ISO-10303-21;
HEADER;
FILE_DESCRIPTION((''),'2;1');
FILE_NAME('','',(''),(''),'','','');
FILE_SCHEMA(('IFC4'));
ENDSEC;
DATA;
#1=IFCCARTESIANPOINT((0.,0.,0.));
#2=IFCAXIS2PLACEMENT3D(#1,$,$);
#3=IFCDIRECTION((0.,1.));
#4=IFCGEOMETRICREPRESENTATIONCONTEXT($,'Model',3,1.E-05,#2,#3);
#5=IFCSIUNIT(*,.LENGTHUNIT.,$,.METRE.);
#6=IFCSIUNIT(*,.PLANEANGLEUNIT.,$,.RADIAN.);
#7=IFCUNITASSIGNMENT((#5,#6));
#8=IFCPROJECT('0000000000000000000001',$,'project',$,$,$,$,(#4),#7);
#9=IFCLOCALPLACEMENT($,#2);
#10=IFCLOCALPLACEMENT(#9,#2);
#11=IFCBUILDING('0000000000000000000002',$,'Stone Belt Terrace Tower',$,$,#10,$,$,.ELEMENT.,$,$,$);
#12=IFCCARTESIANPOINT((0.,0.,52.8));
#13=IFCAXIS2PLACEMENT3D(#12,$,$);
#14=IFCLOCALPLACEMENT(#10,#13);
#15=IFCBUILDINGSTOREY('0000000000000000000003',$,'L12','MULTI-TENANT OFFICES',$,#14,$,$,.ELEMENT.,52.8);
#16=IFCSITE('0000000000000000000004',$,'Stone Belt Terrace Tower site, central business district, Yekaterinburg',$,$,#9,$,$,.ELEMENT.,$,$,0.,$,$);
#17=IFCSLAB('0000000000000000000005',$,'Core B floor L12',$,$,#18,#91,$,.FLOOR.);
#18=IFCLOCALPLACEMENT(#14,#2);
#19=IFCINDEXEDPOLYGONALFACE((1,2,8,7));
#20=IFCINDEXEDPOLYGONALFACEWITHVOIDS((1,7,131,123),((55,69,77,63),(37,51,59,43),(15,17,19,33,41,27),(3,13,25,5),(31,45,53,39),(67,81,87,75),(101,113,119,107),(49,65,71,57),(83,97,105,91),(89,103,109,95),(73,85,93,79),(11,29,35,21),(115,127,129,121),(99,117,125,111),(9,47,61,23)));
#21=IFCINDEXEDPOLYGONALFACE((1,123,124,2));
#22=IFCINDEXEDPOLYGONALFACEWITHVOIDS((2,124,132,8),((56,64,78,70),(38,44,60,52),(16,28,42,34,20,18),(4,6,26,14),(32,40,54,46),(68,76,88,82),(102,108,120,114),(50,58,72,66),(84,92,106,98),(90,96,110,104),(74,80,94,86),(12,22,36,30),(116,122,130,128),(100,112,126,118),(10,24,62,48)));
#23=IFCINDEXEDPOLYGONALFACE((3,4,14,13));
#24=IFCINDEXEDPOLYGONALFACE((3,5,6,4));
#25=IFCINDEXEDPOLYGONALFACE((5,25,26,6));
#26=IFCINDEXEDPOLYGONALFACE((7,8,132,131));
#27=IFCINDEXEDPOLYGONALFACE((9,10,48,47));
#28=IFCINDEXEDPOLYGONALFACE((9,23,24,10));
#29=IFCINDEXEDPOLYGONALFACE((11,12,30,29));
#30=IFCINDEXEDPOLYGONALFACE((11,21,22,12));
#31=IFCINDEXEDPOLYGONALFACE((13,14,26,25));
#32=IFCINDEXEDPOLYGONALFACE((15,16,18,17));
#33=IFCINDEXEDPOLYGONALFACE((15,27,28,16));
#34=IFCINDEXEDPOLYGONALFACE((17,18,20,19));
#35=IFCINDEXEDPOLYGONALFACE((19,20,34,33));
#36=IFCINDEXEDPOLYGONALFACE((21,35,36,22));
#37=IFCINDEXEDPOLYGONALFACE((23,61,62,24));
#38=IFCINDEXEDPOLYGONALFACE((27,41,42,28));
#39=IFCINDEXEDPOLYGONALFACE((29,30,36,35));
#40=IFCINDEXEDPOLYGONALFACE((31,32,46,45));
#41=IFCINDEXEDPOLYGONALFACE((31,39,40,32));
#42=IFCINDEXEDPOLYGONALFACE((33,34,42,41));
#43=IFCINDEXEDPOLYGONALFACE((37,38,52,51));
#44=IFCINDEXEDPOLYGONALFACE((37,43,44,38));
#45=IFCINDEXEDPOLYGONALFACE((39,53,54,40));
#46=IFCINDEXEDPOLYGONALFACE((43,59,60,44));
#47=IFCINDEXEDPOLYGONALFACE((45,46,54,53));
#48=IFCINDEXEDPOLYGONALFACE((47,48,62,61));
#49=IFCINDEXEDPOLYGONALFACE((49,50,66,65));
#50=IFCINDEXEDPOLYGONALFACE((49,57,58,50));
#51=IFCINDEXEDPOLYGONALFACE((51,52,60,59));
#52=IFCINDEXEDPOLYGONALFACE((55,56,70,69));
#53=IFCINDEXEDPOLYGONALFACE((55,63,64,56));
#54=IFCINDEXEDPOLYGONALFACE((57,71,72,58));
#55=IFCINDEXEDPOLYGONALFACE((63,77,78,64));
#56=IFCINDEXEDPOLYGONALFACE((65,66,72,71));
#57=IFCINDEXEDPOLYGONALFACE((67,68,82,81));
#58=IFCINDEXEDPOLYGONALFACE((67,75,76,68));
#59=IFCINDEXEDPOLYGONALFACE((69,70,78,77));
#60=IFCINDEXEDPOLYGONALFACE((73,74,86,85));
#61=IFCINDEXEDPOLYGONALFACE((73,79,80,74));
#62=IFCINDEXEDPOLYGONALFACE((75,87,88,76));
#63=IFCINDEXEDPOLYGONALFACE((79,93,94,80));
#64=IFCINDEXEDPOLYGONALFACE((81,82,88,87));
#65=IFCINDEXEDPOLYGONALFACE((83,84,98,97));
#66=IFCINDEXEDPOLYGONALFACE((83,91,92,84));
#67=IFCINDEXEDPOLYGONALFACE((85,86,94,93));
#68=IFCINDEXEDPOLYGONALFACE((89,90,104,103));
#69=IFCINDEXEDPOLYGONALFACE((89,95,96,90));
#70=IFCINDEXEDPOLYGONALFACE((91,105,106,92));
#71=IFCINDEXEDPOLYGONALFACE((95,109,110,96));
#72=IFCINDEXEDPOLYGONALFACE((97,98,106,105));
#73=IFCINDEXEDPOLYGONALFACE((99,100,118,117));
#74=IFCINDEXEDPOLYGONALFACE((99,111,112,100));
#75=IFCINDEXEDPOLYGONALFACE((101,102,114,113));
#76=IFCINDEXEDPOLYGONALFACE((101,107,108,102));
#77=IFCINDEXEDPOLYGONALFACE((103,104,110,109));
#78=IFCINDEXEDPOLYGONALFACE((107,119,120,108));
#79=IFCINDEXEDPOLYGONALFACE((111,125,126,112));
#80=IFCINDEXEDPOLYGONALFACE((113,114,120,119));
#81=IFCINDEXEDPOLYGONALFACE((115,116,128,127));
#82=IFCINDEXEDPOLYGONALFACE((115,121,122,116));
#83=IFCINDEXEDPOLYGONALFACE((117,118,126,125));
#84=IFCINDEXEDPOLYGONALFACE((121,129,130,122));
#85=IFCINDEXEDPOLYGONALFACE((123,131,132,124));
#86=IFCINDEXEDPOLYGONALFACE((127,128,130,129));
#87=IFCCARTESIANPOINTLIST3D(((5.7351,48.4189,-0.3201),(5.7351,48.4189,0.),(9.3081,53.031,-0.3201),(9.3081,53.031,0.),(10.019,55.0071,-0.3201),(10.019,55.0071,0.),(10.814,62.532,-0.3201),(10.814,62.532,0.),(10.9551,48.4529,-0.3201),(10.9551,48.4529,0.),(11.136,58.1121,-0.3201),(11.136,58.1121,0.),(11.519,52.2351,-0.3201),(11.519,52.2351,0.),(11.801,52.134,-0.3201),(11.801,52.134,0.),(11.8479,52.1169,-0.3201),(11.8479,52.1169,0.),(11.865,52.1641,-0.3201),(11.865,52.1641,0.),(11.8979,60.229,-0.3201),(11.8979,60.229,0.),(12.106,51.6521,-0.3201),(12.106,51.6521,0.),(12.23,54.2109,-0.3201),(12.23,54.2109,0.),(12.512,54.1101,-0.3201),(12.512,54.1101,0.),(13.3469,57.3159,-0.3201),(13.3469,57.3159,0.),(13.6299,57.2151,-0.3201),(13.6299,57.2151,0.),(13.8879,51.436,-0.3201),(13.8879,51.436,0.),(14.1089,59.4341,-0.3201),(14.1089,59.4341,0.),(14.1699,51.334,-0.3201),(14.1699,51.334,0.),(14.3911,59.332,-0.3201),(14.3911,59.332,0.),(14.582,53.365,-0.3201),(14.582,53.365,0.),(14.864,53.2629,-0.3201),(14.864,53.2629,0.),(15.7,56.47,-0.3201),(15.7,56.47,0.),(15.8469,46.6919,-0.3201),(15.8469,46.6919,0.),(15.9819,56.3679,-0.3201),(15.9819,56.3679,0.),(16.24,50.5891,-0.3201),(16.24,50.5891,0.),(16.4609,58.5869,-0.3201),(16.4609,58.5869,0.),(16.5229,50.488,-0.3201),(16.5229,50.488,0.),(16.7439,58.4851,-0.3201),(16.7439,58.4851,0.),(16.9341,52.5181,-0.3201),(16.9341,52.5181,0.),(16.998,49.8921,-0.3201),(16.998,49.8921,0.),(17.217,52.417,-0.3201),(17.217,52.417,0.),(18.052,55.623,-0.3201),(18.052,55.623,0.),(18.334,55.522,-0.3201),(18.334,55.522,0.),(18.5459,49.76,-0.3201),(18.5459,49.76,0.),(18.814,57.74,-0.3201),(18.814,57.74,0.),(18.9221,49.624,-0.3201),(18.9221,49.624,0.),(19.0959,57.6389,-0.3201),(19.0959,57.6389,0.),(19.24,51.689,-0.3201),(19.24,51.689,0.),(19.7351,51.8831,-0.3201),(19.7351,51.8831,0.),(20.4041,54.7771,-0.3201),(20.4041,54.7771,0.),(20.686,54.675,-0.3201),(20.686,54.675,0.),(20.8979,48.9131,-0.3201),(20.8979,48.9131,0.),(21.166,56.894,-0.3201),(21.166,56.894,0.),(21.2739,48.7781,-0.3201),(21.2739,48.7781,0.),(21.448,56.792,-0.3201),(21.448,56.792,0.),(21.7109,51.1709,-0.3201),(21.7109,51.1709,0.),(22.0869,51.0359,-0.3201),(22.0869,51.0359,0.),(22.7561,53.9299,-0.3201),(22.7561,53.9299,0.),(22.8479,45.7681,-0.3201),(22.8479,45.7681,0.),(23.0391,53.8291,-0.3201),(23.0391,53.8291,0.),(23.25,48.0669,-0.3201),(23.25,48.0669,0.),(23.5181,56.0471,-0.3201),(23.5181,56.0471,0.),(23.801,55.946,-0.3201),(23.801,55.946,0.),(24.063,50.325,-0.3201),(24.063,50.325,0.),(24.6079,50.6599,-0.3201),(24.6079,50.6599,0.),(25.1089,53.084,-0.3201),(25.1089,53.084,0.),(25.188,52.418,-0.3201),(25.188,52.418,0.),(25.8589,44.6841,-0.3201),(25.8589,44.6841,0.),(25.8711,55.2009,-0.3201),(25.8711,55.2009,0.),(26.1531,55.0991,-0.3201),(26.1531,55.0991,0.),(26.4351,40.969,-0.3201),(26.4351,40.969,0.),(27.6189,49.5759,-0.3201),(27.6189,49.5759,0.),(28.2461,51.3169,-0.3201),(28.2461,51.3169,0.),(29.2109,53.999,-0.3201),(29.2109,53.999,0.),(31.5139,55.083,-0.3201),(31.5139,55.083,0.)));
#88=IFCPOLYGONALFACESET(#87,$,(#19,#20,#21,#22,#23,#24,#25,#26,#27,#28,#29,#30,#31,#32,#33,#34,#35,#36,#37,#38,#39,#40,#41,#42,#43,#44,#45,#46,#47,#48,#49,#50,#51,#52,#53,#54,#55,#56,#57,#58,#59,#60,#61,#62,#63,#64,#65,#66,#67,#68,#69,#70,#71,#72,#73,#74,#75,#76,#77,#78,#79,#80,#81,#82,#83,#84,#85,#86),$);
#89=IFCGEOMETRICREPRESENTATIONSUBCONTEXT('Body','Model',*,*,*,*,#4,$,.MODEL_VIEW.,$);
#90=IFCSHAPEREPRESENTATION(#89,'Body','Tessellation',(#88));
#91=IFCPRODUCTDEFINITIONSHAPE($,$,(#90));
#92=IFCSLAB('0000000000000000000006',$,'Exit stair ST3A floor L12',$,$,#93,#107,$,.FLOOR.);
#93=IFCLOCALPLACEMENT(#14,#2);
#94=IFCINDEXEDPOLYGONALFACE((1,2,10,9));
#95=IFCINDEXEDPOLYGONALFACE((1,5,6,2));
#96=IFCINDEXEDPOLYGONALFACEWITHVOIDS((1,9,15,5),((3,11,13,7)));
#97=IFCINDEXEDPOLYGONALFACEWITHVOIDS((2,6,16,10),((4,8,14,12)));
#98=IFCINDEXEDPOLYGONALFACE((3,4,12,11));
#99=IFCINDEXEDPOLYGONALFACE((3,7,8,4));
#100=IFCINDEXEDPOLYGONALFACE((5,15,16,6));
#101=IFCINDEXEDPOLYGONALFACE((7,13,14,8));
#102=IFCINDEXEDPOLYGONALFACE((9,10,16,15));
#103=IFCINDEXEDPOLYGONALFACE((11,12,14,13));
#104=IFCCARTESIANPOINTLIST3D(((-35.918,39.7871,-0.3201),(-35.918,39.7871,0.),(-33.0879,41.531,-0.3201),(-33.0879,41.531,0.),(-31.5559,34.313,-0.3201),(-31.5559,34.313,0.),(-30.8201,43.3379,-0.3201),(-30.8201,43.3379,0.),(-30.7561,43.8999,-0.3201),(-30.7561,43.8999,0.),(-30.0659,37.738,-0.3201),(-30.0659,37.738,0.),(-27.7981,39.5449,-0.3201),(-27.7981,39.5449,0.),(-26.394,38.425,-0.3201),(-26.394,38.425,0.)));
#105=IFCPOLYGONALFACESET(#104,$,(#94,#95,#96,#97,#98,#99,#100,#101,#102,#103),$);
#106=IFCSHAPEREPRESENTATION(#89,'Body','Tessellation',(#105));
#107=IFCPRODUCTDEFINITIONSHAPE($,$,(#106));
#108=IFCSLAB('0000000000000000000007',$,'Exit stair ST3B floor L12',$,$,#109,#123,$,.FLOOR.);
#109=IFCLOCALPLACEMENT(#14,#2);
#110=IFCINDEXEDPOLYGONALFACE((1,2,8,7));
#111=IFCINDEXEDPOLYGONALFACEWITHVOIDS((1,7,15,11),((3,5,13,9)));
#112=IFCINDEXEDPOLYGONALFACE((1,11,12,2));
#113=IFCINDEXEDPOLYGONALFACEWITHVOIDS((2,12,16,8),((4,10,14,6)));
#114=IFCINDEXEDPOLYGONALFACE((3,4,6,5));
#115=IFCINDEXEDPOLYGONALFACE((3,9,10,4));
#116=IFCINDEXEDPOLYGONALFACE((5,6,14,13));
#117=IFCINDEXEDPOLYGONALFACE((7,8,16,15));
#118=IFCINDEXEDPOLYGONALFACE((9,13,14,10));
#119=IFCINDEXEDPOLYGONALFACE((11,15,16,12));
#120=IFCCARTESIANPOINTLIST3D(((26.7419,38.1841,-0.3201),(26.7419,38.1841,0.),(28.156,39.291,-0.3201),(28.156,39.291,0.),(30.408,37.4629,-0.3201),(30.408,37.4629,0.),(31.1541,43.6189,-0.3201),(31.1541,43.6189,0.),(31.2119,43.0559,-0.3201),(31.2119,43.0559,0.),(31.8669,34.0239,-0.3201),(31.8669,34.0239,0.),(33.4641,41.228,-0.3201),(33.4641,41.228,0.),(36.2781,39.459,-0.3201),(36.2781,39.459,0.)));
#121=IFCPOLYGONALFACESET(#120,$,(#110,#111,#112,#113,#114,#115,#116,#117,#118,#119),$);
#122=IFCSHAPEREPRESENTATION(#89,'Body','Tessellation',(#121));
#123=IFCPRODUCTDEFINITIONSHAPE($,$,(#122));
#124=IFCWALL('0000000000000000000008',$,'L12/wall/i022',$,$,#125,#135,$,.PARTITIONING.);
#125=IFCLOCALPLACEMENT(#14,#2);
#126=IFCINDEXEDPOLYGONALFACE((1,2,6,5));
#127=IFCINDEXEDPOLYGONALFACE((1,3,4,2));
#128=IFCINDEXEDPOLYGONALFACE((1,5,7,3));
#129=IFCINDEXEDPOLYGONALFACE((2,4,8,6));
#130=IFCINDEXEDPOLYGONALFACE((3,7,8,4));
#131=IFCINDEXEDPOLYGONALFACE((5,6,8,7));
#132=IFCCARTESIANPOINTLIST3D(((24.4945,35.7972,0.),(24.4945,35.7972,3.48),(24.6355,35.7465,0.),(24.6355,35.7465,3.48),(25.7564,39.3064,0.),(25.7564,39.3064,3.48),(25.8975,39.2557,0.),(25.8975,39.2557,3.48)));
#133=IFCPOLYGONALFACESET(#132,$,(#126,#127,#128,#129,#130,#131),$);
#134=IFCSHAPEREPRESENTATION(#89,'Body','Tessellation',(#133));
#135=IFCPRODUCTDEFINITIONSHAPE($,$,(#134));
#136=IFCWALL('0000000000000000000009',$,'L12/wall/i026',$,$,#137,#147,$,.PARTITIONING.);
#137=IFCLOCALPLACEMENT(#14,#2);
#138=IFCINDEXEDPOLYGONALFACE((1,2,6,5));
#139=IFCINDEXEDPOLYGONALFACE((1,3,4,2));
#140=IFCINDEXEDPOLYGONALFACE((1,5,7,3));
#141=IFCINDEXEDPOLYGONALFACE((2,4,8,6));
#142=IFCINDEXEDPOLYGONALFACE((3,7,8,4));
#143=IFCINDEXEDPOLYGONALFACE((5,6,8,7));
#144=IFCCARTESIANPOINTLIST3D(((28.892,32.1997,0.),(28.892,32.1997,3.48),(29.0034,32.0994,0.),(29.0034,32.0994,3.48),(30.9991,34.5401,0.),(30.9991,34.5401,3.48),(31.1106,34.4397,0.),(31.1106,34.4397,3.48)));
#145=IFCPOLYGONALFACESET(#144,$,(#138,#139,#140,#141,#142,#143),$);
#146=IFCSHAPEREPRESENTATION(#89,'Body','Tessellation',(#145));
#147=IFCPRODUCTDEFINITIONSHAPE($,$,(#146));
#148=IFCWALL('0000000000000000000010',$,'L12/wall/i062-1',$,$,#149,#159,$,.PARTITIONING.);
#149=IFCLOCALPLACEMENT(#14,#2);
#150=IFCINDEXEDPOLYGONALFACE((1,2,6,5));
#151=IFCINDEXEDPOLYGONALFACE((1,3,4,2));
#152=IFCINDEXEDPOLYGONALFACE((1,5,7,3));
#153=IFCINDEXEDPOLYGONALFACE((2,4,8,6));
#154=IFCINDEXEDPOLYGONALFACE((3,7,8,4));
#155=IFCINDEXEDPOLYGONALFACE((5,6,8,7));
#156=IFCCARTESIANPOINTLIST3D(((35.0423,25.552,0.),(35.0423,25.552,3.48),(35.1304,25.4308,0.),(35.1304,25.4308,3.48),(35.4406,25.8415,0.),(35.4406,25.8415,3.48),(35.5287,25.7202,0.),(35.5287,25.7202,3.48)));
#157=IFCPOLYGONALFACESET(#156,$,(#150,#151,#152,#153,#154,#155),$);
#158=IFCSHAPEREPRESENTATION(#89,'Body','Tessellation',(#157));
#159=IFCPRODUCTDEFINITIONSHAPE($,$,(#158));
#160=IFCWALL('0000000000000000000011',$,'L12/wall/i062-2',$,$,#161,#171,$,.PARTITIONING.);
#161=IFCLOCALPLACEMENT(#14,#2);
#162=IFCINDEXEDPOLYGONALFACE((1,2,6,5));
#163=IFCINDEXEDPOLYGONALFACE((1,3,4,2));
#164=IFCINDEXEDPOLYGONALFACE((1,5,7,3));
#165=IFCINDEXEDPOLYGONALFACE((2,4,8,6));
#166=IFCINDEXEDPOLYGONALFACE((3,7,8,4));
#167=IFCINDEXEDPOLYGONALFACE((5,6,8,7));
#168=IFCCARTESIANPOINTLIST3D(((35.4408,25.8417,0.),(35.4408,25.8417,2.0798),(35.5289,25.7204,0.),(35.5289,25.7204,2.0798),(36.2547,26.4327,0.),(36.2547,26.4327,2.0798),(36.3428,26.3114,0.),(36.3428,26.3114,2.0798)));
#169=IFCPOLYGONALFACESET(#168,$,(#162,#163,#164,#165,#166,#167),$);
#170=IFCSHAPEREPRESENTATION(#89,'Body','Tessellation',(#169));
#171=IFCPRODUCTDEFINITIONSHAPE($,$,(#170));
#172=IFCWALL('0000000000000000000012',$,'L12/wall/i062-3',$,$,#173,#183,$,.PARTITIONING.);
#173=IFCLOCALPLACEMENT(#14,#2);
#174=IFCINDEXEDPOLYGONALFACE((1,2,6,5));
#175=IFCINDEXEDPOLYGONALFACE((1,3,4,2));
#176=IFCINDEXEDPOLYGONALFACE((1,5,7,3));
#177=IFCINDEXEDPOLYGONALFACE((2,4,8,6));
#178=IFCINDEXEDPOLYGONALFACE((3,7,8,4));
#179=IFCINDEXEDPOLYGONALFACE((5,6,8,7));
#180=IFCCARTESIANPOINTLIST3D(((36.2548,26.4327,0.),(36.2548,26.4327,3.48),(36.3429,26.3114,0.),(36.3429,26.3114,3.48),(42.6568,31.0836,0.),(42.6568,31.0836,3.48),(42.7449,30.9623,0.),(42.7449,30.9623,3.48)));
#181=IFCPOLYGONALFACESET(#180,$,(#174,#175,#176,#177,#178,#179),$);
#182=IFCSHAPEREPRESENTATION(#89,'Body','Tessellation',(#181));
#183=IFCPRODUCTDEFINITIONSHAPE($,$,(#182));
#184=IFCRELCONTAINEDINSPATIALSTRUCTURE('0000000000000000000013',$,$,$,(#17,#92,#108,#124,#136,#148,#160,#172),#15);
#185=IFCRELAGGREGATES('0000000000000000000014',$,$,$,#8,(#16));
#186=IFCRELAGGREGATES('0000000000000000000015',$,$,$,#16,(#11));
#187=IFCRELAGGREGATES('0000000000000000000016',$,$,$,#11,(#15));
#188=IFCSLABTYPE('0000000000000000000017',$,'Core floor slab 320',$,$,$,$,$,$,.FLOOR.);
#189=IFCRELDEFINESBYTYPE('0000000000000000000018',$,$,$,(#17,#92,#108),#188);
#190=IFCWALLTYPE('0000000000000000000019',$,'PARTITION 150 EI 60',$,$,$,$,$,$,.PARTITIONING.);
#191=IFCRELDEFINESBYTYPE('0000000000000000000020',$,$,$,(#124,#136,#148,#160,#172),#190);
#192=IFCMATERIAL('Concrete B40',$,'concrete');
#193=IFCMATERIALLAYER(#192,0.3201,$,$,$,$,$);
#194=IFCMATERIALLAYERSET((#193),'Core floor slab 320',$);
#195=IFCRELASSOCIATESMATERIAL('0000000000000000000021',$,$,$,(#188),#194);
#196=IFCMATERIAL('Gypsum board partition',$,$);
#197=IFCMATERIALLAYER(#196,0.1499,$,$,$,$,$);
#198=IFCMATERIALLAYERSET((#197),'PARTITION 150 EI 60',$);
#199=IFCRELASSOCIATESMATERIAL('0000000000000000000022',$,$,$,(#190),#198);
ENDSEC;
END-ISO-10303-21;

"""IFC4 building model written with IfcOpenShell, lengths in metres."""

from ifc_helpers import new_model, si_unit, direction, frame, frame_2d, origin, place, context, subcontext, project, spatial, polyline, rectangle, outline, extrude, material, layer, layer_set, type_object, element, save


model = new_model("IFC4")

# Units and contexts
model_context = context("Model", 3, precision=1e-05, world=origin(), true_north=direction((0.0, 1.0)))
body_context = subcontext(model_context, "Body", "Model", "MODEL_VIEW")
ifc_project = project(units=[si_unit("LENGTHUNIT", "METRE"), si_unit("PLANEANGLEUNIT", "RADIAN")], contexts=[model_context])

# Site, building, storey
site_placement = place(None, origin())
site = spatial("IfcSite", under=ifc_project, at=site_placement, Name="Stone Belt Terrace Tower site, central business district, Yekaterinburg", CompositionType="ELEMENT", RefElevation=0.0)
building_placement = place(site_placement, origin())
building = spatial("IfcBuilding", under=site, at=building_placement, Name="Stone Belt Terrace Tower", CompositionType="ELEMENT")
storey_placement = place(building_placement, frame((0.0, 0.0, 52.8)))
storey = spatial("IfcBuildingStorey", under=building, at=storey_placement, Name="L12", Description="MULTI-TENANT OFFICES", CompositionType="ELEMENT", Elevation=52.8)

# Slabs
ifc_material_1 = material(Name="Concrete B40", Category="concrete")
ifc_layer_1 = layer(ifc_material_1, 0.3201)
ifc_layer_set_1 = layer_set([ifc_layer_1], Name="Core floor slab 320")
slab_type = type_object("IfcSlabType", Name="Core floor slab 320", PredefinedType="FLOOR", material=ifc_layer_set_1)
slab_1_placement = place(storey_placement, frame((0.0, 0.0, -0.3201)))
element("IfcSlab", 1, at=slab_1_placement, inside=storey, type_object=slab_type, Name="Core B floor L12", PredefinedType="FLOOR", context=body_context, shape_type="SweptSolid", body=[
    extrude(outline(polyline([(26.4351, 40.969), (31.5139, 55.083), (10.814, 62.532), (5.7351, 48.4189), (26.4351, 40.969)]), holes=[polyline([(12.106, 51.6521), (16.998, 49.8921), (15.8469, 46.6919), (10.9551, 48.4529), (12.106, 51.6521)]), polyline([(19.24, 51.689), (18.5459, 49.76), (16.5229, 50.488), (17.217, 52.417), (19.24, 51.689)]), polyline([(16.24, 50.5891), (14.1699, 51.334), (14.864, 53.2629), (16.9341, 52.5181), (16.24, 50.5891)]), polyline([(14.582, 53.365), (13.8879, 51.436), (11.865, 52.1641), (11.8479, 52.1169), (11.801, 52.134), (12.512, 54.1101), (14.582, 53.365)]), polyline([(9.3081, 53.031), (10.019, 55.0071), (12.23, 54.2109), (11.519, 52.2351), (9.3081, 53.031)]), polyline([(16.7439, 58.4851), (18.814, 57.74), (18.052, 55.623), (15.9819, 56.3679), (16.7439, 58.4851)]), polyline([(14.3911, 59.332), (16.4609, 58.5869), (15.7, 56.47), (13.6299, 57.2151), (14.3911, 59.332)]), polyline([(11.8979, 60.229), (14.1089, 59.4341), (13.3469, 57.3159), (11.136, 58.1121), (11.8979, 60.229)]), polyline([(25.8589, 44.6841), (22.8479, 45.7681), (24.6079, 50.6599), (27.6189, 49.5759), (25.8589, 44.6841)]), polyline([(21.2739, 48.7781), (22.0869, 51.0359), (24.063, 50.325), (23.25, 48.0669), (21.2739, 48.7781)]), polyline([(18.9221, 49.624), (19.7351, 51.8831), (21.7109, 51.1709), (20.8979, 48.9131), (18.9221, 49.624)]), polyline([(29.2109, 53.999), (28.2461, 51.3169), (25.188, 52.418), (26.1531, 55.0991), (29.2109, 53.999)]), polyline([(23.801, 55.946), (25.8711, 55.2009), (25.1089, 53.084), (23.0391, 53.8291), (23.801, 55.946)]), polyline([(21.448, 56.792), (23.5181, 56.0471), (22.7561, 53.9299), (20.686, 54.675), (21.448, 56.792)]), polyline([(19.0959, 57.6389), (21.166, 56.894), (20.4041, 54.7771), (18.334, 55.522), (19.0959, 57.6389)])]), origin(), (0.0, 0.0, 1.0), 0.3201),
])
slab_2_placement = place(storey_placement, frame((0.0, 0.0, -0.3201)))
element("IfcSlab", 2, at=slab_2_placement, inside=storey, type_object=slab_type, Name="Exit stair ST3A floor L12", PredefinedType="FLOOR", context=body_context, shape_type="SweptSolid", body=[
    extrude(outline(polyline([(-26.394, 38.425), (-30.7561, 43.8999), (-35.918, 39.7871), (-31.5559, 34.313), (-26.394, 38.425)]), holes=[polyline([(-27.7981, 39.5449), (-30.0659, 37.738), (-33.0879, 41.531), (-30.8201, 43.3379), (-27.7981, 39.5449)])]), origin(), (0.0, 0.0, 1.0), 0.3201),
])
slab_3_placement = place(storey_placement, frame((0.0, 0.0, -0.3201)))
element("IfcSlab", 3, at=slab_3_placement, inside=storey, type_object=slab_type, Name="Exit stair ST3B floor L12", PredefinedType="FLOOR", context=body_context, shape_type="SweptSolid", body=[
    extrude(outline(polyline([(26.7419, 38.1841), (31.8669, 34.0239), (36.2781, 39.459), (31.1541, 43.6189), (26.7419, 38.1841)]), holes=[polyline([(30.408, 37.4629), (28.156, 39.291), (31.2119, 43.0559), (33.4641, 41.228), (30.408, 37.4629)])]), origin(), (0.0, 0.0, 1.0), 0.3201),
])

# Walls
ifc_material_2 = material(Name="Gypsum board partition")
ifc_layer_2 = layer(ifc_material_2, 0.1499)
ifc_layer_set_2 = layer_set([ifc_layer_2], Name="PARTITION 150 EI 60")
wall_type_1 = type_object("IfcWallType", Name="PARTITION 150 EI 60", PredefinedType="PARTITIONING", material=ifc_layer_set_2)
wall_1_placement = place(storey_placement, frame((24.5649, 35.7717, 0.0), z_axis=(0.0, 0.0, 1.0), x_axis=(0.338393, 0.941005, 0.0)))
element("IfcWall", 4, at=wall_1_placement, inside=storey, type_object=wall_type_1, Name="L12/wall/i022", PredefinedType="PARTITIONING", context=body_context, shape_type="SweptSolid", body=[
    extrude(rectangle(XDim=3.7292, YDim=0.1499, at=frame_2d((1.8647, 0.0))), origin(), (0.0, 0.0, 1.0), 3.48),
])
wall_2_placement = place(storey_placement, frame((31.0549, 34.49, 0.0), z_axis=(0.0, 0.0, 1.0), x_axis=(-0.669119, -0.743155, 0.0)))
element("IfcWall", 5, at=wall_2_placement, inside=storey, type_object=wall_type_1, Name="L12/wall/i026", PredefinedType="PARTITIONING", context=body_context, shape_type="SweptSolid", body=[
    extrude(rectangle(XDim=3.1492, YDim=0.1499, at=frame_2d((1.5747, 0.0))), origin(), (0.0, 0.0, 1.0), 3.48),
])
wall_3_placement = place(storey_placement, frame((35.0864, 25.4915, 0.0), z_axis=(0.0, 0.0, 1.0), x_axis=(0.80895, 0.587877, 0.0)))
element("IfcWall", 6, at=wall_3_placement, inside=storey, type_object=wall_type_1, Name="L12/wall/i062-1", PredefinedType="PARTITIONING", context=body_context, shape_type="SweptSolid", body=[
    extrude(rectangle(XDim=0.4924, YDim=0.1499, at=frame_2d((0.2461, 0.0))), origin(), (0.0, 0.0, 1.0), 3.48),
])
wall_4_placement = place(storey_placement, frame((35.4849, 25.781, 0.0), z_axis=(0.0, 0.0, 1.0), x_axis=(0.809166, 0.58758, 0.0)))
element("IfcWall", 7, at=wall_4_placement, inside=storey, type_object=wall_type_1, Name="L12/wall/i062-2", PredefinedType="PARTITIONING", context=body_context, shape_type="SweptSolid", body=[
    extrude(rectangle(XDim=1.0059, YDim=0.1499, at=frame_2d((0.5029, 0.0))), origin(), (0.0, 0.0, 1.0), 2.0798),
])
wall_5_placement = place(storey_placement, frame((36.2988, 26.3721, 0.0), z_axis=(0.0, 0.0, 1.0), x_axis=(0.809048, 0.587742, 0.0)))
element("IfcWall", 8, at=wall_5_placement, inside=storey, type_object=wall_type_1, Name="L12/wall/i062-3", PredefinedType="PARTITIONING", context=body_context, shape_type="SweptSolid", body=[
    extrude(rectangle(XDim=7.9131, YDim=0.1499, at=frame_2d((3.9565, 0.0))), origin(), (0.0, 0.0, 1.0), 3.48),
])

save(model, "model.ifc")
